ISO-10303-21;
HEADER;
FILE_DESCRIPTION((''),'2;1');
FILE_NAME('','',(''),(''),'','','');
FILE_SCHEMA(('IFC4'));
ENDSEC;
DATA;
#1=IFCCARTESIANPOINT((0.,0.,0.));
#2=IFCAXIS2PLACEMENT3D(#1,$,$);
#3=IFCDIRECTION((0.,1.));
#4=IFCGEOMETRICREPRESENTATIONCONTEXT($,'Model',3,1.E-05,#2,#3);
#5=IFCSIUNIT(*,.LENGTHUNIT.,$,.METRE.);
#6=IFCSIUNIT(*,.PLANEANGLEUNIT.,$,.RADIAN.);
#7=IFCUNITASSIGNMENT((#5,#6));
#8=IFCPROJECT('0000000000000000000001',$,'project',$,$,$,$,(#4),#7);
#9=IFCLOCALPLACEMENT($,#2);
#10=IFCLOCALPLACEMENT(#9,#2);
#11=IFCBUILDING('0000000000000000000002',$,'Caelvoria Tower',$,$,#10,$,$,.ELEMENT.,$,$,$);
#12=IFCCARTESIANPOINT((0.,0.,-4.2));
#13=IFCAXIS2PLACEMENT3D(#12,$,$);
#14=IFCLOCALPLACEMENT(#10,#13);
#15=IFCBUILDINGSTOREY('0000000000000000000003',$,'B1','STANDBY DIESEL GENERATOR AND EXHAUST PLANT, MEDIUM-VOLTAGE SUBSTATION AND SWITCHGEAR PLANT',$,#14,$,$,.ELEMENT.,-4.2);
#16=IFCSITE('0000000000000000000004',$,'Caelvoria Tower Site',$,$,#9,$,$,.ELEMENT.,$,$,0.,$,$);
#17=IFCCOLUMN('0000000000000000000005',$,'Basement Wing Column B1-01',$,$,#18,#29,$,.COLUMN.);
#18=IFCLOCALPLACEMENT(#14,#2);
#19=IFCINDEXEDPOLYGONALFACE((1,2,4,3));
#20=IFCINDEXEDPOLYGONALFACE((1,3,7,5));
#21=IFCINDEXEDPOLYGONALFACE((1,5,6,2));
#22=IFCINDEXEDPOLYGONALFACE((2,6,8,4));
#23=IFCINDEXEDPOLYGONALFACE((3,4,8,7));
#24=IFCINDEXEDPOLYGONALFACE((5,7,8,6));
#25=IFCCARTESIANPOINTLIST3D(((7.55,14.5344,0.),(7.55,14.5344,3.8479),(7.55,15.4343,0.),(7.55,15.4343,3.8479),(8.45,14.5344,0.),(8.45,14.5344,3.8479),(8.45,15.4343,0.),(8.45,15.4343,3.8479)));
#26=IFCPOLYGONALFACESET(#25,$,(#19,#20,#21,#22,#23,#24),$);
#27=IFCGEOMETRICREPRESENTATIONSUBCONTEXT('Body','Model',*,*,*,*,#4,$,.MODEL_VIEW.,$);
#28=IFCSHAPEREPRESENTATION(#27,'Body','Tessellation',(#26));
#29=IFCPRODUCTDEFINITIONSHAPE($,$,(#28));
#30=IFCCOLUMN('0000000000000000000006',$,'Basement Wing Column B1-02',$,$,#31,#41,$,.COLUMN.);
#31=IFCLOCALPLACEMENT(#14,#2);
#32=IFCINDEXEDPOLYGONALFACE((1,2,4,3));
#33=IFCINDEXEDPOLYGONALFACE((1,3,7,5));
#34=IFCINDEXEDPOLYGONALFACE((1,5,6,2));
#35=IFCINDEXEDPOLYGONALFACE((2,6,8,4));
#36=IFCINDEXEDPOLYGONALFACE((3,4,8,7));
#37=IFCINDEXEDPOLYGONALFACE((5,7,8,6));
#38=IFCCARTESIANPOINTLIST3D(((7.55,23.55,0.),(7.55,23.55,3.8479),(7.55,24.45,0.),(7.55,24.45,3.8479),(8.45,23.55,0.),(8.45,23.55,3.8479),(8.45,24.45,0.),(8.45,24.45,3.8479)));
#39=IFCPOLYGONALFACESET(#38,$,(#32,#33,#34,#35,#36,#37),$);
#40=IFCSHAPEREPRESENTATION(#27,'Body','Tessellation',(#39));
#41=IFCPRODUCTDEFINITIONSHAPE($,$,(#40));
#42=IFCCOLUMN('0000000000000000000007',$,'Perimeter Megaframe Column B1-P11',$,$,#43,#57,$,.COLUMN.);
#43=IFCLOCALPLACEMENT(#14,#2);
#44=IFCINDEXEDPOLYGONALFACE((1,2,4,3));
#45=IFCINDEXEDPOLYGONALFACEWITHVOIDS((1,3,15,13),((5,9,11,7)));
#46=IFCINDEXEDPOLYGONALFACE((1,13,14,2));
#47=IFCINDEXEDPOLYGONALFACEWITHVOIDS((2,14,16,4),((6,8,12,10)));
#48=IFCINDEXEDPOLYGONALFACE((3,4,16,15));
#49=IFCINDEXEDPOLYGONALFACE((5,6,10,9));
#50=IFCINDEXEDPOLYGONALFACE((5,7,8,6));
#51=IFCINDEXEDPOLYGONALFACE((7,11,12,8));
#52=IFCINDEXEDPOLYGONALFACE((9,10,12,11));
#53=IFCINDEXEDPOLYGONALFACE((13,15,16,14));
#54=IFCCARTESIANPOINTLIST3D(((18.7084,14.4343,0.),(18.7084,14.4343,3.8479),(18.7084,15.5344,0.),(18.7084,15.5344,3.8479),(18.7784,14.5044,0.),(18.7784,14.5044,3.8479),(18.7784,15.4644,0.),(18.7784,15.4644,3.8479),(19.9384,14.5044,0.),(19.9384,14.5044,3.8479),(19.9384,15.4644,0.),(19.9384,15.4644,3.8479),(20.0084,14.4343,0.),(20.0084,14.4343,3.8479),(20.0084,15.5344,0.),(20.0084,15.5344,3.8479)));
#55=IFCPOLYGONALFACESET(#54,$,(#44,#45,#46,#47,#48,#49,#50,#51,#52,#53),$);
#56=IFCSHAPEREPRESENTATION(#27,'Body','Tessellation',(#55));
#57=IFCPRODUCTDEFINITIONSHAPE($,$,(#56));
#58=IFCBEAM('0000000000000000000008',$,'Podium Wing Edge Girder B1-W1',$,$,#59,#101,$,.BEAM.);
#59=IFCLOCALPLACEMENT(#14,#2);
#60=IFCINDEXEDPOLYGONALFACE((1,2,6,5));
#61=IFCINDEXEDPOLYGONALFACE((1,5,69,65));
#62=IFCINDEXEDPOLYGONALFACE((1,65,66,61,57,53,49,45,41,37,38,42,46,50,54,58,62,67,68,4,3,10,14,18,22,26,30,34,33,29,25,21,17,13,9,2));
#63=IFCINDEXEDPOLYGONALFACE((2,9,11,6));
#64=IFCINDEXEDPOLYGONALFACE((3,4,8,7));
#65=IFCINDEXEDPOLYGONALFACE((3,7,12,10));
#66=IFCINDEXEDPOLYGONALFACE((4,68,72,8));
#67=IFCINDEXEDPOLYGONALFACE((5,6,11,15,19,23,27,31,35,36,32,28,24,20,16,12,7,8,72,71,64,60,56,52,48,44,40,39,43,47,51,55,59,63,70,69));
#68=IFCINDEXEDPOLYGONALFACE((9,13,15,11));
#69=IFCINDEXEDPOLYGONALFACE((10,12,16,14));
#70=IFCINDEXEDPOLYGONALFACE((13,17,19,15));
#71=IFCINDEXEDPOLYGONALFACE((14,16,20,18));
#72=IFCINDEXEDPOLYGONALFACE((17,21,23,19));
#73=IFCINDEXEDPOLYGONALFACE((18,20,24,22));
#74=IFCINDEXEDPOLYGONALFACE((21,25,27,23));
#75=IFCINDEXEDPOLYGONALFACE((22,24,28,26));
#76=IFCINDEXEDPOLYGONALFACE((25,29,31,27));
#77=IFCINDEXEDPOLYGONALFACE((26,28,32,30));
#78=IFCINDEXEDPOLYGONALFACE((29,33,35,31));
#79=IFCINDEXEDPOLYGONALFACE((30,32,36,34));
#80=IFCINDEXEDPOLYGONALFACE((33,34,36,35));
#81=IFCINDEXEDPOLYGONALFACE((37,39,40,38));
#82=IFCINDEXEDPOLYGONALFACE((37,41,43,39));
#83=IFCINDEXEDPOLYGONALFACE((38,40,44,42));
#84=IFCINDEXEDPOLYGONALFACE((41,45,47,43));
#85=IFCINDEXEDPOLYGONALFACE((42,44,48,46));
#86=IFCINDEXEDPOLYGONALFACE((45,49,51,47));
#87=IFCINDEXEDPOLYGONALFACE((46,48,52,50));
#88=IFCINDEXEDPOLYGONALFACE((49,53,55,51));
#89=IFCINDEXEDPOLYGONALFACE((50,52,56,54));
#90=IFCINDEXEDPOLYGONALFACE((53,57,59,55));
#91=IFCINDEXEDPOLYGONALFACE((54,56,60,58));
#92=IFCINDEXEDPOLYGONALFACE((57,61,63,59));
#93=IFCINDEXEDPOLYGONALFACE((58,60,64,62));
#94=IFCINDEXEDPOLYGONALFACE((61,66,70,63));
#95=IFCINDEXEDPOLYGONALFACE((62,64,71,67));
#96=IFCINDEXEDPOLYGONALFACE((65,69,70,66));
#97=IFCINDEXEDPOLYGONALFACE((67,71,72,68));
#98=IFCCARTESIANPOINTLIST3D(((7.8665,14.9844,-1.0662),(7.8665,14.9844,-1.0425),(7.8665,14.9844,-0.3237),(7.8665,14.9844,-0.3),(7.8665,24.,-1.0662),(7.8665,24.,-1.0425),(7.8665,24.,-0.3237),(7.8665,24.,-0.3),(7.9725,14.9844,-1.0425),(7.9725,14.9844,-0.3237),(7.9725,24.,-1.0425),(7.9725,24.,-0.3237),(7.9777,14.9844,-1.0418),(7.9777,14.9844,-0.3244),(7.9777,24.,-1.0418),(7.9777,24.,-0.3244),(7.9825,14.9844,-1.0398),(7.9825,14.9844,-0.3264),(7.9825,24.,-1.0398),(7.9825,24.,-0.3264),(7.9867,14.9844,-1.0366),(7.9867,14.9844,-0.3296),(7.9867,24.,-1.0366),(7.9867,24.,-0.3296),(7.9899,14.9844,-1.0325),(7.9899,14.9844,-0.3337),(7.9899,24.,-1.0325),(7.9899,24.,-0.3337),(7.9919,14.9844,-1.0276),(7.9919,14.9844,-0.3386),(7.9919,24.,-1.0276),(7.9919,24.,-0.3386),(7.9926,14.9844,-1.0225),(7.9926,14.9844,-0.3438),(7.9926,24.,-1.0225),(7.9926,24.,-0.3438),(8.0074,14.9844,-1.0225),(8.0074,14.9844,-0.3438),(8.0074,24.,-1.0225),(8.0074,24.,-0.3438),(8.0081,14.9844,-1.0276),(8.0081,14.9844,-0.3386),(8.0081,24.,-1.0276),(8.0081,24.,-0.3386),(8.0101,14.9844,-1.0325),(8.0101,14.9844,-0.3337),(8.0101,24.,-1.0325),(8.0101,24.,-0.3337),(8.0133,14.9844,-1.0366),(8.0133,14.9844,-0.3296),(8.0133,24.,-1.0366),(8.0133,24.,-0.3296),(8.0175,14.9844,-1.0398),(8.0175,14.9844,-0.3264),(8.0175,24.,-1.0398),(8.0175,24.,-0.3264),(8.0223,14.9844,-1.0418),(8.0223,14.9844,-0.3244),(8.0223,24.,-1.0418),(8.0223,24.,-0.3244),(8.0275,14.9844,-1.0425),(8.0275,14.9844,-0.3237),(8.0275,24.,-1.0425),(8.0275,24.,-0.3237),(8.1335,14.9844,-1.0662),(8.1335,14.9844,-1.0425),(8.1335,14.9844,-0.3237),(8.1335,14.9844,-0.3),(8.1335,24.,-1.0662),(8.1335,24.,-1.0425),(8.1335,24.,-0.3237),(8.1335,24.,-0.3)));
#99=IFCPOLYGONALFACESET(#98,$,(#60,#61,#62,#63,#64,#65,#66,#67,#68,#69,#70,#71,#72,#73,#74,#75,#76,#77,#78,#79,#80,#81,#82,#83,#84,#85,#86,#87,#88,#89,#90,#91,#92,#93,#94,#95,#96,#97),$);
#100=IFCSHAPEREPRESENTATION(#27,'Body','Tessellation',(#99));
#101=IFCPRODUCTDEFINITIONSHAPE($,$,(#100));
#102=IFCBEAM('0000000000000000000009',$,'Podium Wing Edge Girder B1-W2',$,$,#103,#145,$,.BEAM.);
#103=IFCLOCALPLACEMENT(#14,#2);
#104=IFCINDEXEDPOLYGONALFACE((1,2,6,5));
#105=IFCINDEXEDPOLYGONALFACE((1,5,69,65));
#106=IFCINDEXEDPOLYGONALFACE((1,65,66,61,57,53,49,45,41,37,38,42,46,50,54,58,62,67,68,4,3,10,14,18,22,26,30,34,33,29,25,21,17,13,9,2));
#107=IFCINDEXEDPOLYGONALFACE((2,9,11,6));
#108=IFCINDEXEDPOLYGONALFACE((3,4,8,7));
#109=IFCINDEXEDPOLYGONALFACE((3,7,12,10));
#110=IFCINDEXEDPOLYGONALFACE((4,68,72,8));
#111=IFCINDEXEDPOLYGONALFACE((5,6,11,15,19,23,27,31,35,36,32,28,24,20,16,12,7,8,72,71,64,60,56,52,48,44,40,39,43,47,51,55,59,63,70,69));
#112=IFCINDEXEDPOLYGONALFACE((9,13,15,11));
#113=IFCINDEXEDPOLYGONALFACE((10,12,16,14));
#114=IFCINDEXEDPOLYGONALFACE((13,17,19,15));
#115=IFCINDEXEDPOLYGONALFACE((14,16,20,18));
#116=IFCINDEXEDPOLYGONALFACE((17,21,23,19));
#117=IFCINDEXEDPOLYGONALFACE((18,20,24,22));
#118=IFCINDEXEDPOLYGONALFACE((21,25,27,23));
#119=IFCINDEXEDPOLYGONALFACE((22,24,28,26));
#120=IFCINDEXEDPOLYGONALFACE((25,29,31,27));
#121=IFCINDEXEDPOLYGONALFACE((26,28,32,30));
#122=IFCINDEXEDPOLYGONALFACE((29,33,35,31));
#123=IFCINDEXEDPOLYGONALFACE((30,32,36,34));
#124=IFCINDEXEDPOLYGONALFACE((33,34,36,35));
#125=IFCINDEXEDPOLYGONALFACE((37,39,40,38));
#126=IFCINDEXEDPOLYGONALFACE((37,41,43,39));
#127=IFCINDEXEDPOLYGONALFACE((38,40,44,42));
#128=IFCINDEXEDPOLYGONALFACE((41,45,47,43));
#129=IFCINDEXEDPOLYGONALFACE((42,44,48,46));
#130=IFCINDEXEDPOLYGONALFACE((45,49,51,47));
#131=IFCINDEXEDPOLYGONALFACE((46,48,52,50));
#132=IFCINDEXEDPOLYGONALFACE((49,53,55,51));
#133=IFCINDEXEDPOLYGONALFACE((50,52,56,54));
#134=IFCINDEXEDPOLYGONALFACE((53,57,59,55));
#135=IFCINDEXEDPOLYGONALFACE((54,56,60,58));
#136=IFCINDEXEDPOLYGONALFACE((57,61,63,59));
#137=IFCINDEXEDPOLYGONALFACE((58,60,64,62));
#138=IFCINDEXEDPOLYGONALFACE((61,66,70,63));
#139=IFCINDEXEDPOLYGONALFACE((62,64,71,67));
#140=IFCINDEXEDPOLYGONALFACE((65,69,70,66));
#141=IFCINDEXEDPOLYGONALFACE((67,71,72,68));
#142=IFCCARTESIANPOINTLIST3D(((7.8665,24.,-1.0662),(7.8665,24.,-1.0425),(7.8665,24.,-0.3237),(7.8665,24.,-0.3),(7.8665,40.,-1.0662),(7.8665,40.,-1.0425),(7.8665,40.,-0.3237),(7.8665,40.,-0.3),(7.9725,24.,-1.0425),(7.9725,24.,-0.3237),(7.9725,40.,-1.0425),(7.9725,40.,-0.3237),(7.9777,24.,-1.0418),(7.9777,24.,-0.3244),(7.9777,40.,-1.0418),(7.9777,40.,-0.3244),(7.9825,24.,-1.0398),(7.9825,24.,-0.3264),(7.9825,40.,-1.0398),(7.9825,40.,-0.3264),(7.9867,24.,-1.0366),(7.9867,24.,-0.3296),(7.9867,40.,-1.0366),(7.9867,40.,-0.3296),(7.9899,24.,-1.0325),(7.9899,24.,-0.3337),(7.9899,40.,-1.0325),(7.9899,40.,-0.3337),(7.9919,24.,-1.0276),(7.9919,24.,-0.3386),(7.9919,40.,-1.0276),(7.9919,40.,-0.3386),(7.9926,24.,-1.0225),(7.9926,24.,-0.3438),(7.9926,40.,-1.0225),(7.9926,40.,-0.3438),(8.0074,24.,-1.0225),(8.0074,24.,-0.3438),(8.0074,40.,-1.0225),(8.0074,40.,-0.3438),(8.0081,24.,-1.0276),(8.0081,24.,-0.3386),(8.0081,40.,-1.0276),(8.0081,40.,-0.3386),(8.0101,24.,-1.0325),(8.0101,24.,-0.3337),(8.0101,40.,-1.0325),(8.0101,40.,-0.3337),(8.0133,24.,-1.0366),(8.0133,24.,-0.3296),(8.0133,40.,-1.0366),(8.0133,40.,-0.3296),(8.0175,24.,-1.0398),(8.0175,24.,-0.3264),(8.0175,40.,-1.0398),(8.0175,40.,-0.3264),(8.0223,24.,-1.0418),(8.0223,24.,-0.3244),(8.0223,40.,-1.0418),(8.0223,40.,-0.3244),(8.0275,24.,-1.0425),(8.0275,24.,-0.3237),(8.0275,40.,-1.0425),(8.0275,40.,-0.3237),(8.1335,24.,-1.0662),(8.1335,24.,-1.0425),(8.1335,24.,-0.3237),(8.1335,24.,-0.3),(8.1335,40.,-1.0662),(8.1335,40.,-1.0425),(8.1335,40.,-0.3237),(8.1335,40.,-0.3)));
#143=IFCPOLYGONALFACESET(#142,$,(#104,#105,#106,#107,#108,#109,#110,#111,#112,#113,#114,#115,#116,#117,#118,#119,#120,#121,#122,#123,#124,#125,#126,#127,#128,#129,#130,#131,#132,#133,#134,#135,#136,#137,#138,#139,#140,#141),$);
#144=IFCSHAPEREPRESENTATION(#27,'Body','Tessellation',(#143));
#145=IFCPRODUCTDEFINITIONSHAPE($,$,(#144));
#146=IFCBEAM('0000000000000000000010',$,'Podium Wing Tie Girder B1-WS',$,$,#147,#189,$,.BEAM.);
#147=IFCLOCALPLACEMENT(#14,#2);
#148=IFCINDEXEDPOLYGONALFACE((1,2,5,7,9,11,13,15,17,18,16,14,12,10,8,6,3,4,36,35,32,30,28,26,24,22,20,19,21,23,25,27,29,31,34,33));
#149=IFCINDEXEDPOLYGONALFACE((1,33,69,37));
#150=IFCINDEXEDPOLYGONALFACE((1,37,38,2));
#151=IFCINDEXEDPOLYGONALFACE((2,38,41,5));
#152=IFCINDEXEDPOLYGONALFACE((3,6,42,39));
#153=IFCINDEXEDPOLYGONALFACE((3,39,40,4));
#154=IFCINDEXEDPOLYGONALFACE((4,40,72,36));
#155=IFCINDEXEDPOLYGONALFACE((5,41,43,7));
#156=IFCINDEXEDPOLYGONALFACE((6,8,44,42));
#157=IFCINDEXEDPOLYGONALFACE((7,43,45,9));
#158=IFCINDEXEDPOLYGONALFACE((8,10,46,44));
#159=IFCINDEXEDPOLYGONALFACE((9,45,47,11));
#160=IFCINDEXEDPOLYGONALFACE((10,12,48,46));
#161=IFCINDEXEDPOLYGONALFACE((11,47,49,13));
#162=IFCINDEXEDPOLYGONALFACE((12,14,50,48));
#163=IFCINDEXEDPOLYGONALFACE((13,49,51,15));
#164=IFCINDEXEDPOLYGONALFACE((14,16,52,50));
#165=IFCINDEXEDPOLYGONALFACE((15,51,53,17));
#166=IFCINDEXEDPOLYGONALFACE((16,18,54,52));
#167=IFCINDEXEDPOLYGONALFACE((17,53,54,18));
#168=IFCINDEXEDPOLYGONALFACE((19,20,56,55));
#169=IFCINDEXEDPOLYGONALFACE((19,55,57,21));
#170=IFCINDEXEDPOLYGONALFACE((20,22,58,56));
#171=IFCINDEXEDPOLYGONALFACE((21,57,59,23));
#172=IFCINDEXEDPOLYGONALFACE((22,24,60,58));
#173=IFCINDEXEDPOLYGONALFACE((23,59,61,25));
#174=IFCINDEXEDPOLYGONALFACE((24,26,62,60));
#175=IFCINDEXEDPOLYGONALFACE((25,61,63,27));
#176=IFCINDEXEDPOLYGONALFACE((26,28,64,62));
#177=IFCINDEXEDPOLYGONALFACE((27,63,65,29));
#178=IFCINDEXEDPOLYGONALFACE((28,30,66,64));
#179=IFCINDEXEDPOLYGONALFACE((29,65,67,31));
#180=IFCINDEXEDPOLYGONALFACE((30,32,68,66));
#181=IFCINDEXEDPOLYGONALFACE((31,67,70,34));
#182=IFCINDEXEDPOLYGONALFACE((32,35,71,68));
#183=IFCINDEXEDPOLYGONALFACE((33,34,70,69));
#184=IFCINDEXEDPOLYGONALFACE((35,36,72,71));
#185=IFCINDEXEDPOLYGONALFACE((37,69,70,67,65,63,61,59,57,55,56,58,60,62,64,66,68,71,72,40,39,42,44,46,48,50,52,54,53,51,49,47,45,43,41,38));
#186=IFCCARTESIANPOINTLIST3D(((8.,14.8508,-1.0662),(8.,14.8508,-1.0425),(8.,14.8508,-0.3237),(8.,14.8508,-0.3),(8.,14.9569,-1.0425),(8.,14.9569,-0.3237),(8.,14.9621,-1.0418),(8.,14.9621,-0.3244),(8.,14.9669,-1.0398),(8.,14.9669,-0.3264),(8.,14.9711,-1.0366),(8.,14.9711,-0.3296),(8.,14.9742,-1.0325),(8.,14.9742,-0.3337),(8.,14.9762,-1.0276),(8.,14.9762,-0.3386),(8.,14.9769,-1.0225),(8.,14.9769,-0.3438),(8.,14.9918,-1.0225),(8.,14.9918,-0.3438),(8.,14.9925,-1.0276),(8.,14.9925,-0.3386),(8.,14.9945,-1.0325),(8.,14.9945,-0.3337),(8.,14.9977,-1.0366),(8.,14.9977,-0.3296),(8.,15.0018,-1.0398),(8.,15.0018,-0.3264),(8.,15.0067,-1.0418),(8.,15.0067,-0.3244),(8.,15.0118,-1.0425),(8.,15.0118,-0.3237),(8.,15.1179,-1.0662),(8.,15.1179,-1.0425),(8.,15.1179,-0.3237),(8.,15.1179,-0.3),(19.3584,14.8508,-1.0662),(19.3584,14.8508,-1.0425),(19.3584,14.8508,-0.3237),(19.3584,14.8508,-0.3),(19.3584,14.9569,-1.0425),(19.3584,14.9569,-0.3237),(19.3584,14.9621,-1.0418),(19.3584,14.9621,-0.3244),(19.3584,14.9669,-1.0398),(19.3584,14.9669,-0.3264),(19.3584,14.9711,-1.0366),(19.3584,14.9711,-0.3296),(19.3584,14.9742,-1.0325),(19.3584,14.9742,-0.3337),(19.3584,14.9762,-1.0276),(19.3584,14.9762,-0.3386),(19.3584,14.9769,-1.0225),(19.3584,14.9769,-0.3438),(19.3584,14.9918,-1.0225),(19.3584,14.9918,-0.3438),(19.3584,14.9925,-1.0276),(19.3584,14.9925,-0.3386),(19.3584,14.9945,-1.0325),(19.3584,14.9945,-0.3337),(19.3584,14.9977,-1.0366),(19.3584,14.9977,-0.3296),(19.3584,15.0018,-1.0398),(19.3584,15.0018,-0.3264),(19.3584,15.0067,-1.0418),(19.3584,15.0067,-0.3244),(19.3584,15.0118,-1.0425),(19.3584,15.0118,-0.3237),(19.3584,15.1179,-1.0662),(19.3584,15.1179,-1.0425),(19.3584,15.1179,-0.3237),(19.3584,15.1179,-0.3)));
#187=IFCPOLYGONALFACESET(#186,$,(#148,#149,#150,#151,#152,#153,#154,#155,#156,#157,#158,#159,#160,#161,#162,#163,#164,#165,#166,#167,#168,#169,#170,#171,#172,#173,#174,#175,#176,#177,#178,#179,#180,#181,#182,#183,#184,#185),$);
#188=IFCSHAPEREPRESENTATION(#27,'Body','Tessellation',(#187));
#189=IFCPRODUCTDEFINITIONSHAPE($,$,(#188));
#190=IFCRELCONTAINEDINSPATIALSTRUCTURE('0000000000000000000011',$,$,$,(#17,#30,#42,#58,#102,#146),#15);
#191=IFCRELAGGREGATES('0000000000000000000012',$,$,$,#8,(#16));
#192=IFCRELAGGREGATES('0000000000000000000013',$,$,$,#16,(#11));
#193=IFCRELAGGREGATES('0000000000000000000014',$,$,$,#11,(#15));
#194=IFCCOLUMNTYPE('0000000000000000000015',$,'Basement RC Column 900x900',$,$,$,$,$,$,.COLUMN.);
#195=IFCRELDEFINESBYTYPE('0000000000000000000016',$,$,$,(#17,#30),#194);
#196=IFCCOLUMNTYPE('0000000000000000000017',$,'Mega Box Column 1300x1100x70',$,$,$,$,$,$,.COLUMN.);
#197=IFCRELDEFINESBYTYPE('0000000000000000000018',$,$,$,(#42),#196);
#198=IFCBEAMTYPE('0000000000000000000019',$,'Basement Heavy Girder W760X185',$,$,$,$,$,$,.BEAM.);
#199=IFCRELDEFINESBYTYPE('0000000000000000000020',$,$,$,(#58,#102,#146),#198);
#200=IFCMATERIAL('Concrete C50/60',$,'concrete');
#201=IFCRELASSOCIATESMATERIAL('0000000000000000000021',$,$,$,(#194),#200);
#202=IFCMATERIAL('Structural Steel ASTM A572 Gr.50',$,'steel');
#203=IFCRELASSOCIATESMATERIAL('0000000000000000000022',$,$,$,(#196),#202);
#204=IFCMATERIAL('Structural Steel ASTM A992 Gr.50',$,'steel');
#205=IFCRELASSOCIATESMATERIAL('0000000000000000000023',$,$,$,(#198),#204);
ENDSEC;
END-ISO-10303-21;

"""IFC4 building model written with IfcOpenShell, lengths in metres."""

from ifc_helpers import new_model, si_unit, direction, frame, origin, origin_2d, place, context, subcontext, project, spatial, rectangle, hollow_rectangle, i_section, extrude, material, material_profile, profile_set, type_object, element, save


model = new_model("IFC4")

# Units and contexts
model_context = context("Model", 3, precision=1e-05, world=origin(), true_north=direction((0.0, 1.0)))
body_context = subcontext(model_context, "Body", "Model", "MODEL_VIEW")
ifc_project = project(units=[si_unit("LENGTHUNIT", "METRE"), si_unit("PLANEANGLEUNIT", "RADIAN")], contexts=[model_context])

# Site, building, storey
site_placement = place(None, origin())
site = spatial("IfcSite", under=ifc_project, at=site_placement, Name="Caelvoria Tower Site", CompositionType="ELEMENT", RefElevation=0.0)
building_placement = place(site_placement, origin())
building = spatial("IfcBuilding", under=site, at=building_placement, Name="Caelvoria Tower", CompositionType="ELEMENT")
storey_placement = place(building_placement, frame((0.0, 0.0, -4.2)))
storey = spatial("IfcBuildingStorey", under=building, at=storey_placement, Name="B1", Description="STANDBY DIESEL GENERATOR AND EXHAUST PLANT, MEDIUM-VOLTAGE SUBSTATION AND SWITCHGEAR PLANT", CompositionType="ELEMENT", Elevation=-4.2)

# Columns
ifc_material_1 = material(Name="Concrete C50/60", Category="concrete")
ifc_material_profile_1 = material_profile(ifc_material_1, rectangle(XDim=0.8999, YDim=0.8999, at=origin_2d()), Name="Concrete C50/60")
ifc_profile_set_1 = profile_set([ifc_material_profile_1], Name="RC_COL_900X900 - Concrete C50/60")
column_type_1 = type_object("IfcColumnType", Name="Basement RC Column 900x900", PredefinedType="COLUMN", material=ifc_profile_set_1)
for number, where, z_axis, x_axis, name in (
    (1, (8.0, 14.9844, 0.0), (0.0, 0.0, 1.0), (1.0, 0.0, 0.0), "Basement Wing Column B1-01"),
    (2, (8.0, 24.0, 0.0), (0.0, 0.0, 1.0), (1.0, 0.0, 0.0), "Basement Wing Column B1-02"),
):
    element("IfcColumn", number, at=place(storey_placement, frame(where, z_axis=z_axis, x_axis=x_axis)), inside=storey, type_object=column_type_1, Name=name, PredefinedType="COLUMN", context=body_context, shape_type="SweptSolid", body=[
        extrude(rectangle(XDim=0.8999, YDim=0.8999, at=origin_2d()), origin(), (0.0, 0.0, 1.0), 3.8479),
    ])
ifc_material_2 = material(Name="Structural Steel ASTM A572 Gr.50", Category="steel")
ifc_material_profile_2 = material_profile(ifc_material_2, hollow_rectangle(XDim=1.1001, YDim=1.3, WallThickness=0.0701, at=origin_2d()), Name="Structural Steel ASTM A572 Gr.50")
ifc_profile_set_2 = profile_set([ifc_material_profile_2], Name="BOX1300X1100X70 - Structural Steel ASTM A572 Gr.50")
column_type_2 = type_object("IfcColumnType", Name="Mega Box Column 1300x1100x70", PredefinedType="COLUMN", material=ifc_profile_set_2)
column_placement = place(storey_placement, frame((19.3584, 14.9844, 0.0), z_axis=(0.0, 0.0, 1.0), x_axis=(0.0, 1.0, 0.0)))
element("IfcColumn", 3, at=column_placement, inside=storey, type_object=column_type_2, Name="Perimeter Megaframe Column B1-P11", PredefinedType="COLUMN", context=body_context, shape_type="SweptSolid", body=[
    extrude(hollow_rectangle(XDim=1.1001, YDim=1.3, WallThickness=0.0701, at=origin_2d()), origin(), (0.0, 0.0, 1.0), 3.8479),
])

# Beams
ifc_material_3 = material(Name="Structural Steel ASTM A992 Gr.50", Category="steel")
ifc_material_profile_3 = material_profile(ifc_material_3, i_section(OverallWidth=0.2671, OverallDepth=0.7661, WebThickness=0.0149, FlangeThickness=0.0237, FilletRadius=0.02, at=origin_2d()), Name="Structural Steel ASTM A992 Gr.50")
ifc_profile_set_3 = profile_set([ifc_material_profile_3], Name="W760X185 - Structural Steel ASTM A992 Gr.50")
beam_type = type_object("IfcBeamType", Name="Basement Heavy Girder W760X185", PredefinedType="BEAM", material=ifc_profile_set_3)
beam_1_placement = place(storey_placement, frame((8.0, 14.9844, -0.6831), z_axis=(0.0, 1.0, 0.0), x_axis=(-1.0, 0.0, 0.0)))
element("IfcBeam", 4, at=beam_1_placement, inside=storey, type_object=beam_type, Name="Podium Wing Edge Girder B1-W1", PredefinedType="BEAM", context=body_context, shape_type="SweptSolid", body=[
    extrude(i_section(OverallWidth=0.2671, OverallDepth=0.7661, WebThickness=0.0149, FlangeThickness=0.0237, FilletRadius=0.02, at=origin_2d()), origin(), (0.0, 0.0, 1.0), 9.0156),
])
beam_2_placement = place(storey_placement, frame((8.0, 24.0, -0.6831), z_axis=(0.0, 1.0, 0.0), x_axis=(-1.0, 0.0, 0.0)))
element("IfcBeam", 5, at=beam_2_placement, inside=storey, type_object=beam_type, Name="Podium Wing Edge Girder B1-W2", PredefinedType="BEAM", context=body_context, shape_type="SweptSolid", body=[
    extrude(i_section(OverallWidth=0.2671, OverallDepth=0.7661, WebThickness=0.0149, FlangeThickness=0.0237, FilletRadius=0.02, at=origin_2d()), origin(), (0.0, 0.0, 1.0), 16.0),
])
beam_3_placement = place(storey_placement, frame((8.0, 14.9844, -0.6831), z_axis=(1.0, 0.0, 0.0), x_axis=(0.0, 1.0, 0.0)))
element("IfcBeam", 6, at=beam_3_placement, inside=storey, type_object=beam_type, Name="Podium Wing Tie Girder B1-WS", PredefinedType="BEAM", context=body_context, shape_type="SweptSolid", body=[
    extrude(i_section(OverallWidth=0.2671, OverallDepth=0.7661, WebThickness=0.0149, FlangeThickness=0.0237, FilletRadius=0.02, at=origin_2d()), origin(), (0.0, 0.0, 1.0), 11.3584),
])

save(model, "model.ifc")
